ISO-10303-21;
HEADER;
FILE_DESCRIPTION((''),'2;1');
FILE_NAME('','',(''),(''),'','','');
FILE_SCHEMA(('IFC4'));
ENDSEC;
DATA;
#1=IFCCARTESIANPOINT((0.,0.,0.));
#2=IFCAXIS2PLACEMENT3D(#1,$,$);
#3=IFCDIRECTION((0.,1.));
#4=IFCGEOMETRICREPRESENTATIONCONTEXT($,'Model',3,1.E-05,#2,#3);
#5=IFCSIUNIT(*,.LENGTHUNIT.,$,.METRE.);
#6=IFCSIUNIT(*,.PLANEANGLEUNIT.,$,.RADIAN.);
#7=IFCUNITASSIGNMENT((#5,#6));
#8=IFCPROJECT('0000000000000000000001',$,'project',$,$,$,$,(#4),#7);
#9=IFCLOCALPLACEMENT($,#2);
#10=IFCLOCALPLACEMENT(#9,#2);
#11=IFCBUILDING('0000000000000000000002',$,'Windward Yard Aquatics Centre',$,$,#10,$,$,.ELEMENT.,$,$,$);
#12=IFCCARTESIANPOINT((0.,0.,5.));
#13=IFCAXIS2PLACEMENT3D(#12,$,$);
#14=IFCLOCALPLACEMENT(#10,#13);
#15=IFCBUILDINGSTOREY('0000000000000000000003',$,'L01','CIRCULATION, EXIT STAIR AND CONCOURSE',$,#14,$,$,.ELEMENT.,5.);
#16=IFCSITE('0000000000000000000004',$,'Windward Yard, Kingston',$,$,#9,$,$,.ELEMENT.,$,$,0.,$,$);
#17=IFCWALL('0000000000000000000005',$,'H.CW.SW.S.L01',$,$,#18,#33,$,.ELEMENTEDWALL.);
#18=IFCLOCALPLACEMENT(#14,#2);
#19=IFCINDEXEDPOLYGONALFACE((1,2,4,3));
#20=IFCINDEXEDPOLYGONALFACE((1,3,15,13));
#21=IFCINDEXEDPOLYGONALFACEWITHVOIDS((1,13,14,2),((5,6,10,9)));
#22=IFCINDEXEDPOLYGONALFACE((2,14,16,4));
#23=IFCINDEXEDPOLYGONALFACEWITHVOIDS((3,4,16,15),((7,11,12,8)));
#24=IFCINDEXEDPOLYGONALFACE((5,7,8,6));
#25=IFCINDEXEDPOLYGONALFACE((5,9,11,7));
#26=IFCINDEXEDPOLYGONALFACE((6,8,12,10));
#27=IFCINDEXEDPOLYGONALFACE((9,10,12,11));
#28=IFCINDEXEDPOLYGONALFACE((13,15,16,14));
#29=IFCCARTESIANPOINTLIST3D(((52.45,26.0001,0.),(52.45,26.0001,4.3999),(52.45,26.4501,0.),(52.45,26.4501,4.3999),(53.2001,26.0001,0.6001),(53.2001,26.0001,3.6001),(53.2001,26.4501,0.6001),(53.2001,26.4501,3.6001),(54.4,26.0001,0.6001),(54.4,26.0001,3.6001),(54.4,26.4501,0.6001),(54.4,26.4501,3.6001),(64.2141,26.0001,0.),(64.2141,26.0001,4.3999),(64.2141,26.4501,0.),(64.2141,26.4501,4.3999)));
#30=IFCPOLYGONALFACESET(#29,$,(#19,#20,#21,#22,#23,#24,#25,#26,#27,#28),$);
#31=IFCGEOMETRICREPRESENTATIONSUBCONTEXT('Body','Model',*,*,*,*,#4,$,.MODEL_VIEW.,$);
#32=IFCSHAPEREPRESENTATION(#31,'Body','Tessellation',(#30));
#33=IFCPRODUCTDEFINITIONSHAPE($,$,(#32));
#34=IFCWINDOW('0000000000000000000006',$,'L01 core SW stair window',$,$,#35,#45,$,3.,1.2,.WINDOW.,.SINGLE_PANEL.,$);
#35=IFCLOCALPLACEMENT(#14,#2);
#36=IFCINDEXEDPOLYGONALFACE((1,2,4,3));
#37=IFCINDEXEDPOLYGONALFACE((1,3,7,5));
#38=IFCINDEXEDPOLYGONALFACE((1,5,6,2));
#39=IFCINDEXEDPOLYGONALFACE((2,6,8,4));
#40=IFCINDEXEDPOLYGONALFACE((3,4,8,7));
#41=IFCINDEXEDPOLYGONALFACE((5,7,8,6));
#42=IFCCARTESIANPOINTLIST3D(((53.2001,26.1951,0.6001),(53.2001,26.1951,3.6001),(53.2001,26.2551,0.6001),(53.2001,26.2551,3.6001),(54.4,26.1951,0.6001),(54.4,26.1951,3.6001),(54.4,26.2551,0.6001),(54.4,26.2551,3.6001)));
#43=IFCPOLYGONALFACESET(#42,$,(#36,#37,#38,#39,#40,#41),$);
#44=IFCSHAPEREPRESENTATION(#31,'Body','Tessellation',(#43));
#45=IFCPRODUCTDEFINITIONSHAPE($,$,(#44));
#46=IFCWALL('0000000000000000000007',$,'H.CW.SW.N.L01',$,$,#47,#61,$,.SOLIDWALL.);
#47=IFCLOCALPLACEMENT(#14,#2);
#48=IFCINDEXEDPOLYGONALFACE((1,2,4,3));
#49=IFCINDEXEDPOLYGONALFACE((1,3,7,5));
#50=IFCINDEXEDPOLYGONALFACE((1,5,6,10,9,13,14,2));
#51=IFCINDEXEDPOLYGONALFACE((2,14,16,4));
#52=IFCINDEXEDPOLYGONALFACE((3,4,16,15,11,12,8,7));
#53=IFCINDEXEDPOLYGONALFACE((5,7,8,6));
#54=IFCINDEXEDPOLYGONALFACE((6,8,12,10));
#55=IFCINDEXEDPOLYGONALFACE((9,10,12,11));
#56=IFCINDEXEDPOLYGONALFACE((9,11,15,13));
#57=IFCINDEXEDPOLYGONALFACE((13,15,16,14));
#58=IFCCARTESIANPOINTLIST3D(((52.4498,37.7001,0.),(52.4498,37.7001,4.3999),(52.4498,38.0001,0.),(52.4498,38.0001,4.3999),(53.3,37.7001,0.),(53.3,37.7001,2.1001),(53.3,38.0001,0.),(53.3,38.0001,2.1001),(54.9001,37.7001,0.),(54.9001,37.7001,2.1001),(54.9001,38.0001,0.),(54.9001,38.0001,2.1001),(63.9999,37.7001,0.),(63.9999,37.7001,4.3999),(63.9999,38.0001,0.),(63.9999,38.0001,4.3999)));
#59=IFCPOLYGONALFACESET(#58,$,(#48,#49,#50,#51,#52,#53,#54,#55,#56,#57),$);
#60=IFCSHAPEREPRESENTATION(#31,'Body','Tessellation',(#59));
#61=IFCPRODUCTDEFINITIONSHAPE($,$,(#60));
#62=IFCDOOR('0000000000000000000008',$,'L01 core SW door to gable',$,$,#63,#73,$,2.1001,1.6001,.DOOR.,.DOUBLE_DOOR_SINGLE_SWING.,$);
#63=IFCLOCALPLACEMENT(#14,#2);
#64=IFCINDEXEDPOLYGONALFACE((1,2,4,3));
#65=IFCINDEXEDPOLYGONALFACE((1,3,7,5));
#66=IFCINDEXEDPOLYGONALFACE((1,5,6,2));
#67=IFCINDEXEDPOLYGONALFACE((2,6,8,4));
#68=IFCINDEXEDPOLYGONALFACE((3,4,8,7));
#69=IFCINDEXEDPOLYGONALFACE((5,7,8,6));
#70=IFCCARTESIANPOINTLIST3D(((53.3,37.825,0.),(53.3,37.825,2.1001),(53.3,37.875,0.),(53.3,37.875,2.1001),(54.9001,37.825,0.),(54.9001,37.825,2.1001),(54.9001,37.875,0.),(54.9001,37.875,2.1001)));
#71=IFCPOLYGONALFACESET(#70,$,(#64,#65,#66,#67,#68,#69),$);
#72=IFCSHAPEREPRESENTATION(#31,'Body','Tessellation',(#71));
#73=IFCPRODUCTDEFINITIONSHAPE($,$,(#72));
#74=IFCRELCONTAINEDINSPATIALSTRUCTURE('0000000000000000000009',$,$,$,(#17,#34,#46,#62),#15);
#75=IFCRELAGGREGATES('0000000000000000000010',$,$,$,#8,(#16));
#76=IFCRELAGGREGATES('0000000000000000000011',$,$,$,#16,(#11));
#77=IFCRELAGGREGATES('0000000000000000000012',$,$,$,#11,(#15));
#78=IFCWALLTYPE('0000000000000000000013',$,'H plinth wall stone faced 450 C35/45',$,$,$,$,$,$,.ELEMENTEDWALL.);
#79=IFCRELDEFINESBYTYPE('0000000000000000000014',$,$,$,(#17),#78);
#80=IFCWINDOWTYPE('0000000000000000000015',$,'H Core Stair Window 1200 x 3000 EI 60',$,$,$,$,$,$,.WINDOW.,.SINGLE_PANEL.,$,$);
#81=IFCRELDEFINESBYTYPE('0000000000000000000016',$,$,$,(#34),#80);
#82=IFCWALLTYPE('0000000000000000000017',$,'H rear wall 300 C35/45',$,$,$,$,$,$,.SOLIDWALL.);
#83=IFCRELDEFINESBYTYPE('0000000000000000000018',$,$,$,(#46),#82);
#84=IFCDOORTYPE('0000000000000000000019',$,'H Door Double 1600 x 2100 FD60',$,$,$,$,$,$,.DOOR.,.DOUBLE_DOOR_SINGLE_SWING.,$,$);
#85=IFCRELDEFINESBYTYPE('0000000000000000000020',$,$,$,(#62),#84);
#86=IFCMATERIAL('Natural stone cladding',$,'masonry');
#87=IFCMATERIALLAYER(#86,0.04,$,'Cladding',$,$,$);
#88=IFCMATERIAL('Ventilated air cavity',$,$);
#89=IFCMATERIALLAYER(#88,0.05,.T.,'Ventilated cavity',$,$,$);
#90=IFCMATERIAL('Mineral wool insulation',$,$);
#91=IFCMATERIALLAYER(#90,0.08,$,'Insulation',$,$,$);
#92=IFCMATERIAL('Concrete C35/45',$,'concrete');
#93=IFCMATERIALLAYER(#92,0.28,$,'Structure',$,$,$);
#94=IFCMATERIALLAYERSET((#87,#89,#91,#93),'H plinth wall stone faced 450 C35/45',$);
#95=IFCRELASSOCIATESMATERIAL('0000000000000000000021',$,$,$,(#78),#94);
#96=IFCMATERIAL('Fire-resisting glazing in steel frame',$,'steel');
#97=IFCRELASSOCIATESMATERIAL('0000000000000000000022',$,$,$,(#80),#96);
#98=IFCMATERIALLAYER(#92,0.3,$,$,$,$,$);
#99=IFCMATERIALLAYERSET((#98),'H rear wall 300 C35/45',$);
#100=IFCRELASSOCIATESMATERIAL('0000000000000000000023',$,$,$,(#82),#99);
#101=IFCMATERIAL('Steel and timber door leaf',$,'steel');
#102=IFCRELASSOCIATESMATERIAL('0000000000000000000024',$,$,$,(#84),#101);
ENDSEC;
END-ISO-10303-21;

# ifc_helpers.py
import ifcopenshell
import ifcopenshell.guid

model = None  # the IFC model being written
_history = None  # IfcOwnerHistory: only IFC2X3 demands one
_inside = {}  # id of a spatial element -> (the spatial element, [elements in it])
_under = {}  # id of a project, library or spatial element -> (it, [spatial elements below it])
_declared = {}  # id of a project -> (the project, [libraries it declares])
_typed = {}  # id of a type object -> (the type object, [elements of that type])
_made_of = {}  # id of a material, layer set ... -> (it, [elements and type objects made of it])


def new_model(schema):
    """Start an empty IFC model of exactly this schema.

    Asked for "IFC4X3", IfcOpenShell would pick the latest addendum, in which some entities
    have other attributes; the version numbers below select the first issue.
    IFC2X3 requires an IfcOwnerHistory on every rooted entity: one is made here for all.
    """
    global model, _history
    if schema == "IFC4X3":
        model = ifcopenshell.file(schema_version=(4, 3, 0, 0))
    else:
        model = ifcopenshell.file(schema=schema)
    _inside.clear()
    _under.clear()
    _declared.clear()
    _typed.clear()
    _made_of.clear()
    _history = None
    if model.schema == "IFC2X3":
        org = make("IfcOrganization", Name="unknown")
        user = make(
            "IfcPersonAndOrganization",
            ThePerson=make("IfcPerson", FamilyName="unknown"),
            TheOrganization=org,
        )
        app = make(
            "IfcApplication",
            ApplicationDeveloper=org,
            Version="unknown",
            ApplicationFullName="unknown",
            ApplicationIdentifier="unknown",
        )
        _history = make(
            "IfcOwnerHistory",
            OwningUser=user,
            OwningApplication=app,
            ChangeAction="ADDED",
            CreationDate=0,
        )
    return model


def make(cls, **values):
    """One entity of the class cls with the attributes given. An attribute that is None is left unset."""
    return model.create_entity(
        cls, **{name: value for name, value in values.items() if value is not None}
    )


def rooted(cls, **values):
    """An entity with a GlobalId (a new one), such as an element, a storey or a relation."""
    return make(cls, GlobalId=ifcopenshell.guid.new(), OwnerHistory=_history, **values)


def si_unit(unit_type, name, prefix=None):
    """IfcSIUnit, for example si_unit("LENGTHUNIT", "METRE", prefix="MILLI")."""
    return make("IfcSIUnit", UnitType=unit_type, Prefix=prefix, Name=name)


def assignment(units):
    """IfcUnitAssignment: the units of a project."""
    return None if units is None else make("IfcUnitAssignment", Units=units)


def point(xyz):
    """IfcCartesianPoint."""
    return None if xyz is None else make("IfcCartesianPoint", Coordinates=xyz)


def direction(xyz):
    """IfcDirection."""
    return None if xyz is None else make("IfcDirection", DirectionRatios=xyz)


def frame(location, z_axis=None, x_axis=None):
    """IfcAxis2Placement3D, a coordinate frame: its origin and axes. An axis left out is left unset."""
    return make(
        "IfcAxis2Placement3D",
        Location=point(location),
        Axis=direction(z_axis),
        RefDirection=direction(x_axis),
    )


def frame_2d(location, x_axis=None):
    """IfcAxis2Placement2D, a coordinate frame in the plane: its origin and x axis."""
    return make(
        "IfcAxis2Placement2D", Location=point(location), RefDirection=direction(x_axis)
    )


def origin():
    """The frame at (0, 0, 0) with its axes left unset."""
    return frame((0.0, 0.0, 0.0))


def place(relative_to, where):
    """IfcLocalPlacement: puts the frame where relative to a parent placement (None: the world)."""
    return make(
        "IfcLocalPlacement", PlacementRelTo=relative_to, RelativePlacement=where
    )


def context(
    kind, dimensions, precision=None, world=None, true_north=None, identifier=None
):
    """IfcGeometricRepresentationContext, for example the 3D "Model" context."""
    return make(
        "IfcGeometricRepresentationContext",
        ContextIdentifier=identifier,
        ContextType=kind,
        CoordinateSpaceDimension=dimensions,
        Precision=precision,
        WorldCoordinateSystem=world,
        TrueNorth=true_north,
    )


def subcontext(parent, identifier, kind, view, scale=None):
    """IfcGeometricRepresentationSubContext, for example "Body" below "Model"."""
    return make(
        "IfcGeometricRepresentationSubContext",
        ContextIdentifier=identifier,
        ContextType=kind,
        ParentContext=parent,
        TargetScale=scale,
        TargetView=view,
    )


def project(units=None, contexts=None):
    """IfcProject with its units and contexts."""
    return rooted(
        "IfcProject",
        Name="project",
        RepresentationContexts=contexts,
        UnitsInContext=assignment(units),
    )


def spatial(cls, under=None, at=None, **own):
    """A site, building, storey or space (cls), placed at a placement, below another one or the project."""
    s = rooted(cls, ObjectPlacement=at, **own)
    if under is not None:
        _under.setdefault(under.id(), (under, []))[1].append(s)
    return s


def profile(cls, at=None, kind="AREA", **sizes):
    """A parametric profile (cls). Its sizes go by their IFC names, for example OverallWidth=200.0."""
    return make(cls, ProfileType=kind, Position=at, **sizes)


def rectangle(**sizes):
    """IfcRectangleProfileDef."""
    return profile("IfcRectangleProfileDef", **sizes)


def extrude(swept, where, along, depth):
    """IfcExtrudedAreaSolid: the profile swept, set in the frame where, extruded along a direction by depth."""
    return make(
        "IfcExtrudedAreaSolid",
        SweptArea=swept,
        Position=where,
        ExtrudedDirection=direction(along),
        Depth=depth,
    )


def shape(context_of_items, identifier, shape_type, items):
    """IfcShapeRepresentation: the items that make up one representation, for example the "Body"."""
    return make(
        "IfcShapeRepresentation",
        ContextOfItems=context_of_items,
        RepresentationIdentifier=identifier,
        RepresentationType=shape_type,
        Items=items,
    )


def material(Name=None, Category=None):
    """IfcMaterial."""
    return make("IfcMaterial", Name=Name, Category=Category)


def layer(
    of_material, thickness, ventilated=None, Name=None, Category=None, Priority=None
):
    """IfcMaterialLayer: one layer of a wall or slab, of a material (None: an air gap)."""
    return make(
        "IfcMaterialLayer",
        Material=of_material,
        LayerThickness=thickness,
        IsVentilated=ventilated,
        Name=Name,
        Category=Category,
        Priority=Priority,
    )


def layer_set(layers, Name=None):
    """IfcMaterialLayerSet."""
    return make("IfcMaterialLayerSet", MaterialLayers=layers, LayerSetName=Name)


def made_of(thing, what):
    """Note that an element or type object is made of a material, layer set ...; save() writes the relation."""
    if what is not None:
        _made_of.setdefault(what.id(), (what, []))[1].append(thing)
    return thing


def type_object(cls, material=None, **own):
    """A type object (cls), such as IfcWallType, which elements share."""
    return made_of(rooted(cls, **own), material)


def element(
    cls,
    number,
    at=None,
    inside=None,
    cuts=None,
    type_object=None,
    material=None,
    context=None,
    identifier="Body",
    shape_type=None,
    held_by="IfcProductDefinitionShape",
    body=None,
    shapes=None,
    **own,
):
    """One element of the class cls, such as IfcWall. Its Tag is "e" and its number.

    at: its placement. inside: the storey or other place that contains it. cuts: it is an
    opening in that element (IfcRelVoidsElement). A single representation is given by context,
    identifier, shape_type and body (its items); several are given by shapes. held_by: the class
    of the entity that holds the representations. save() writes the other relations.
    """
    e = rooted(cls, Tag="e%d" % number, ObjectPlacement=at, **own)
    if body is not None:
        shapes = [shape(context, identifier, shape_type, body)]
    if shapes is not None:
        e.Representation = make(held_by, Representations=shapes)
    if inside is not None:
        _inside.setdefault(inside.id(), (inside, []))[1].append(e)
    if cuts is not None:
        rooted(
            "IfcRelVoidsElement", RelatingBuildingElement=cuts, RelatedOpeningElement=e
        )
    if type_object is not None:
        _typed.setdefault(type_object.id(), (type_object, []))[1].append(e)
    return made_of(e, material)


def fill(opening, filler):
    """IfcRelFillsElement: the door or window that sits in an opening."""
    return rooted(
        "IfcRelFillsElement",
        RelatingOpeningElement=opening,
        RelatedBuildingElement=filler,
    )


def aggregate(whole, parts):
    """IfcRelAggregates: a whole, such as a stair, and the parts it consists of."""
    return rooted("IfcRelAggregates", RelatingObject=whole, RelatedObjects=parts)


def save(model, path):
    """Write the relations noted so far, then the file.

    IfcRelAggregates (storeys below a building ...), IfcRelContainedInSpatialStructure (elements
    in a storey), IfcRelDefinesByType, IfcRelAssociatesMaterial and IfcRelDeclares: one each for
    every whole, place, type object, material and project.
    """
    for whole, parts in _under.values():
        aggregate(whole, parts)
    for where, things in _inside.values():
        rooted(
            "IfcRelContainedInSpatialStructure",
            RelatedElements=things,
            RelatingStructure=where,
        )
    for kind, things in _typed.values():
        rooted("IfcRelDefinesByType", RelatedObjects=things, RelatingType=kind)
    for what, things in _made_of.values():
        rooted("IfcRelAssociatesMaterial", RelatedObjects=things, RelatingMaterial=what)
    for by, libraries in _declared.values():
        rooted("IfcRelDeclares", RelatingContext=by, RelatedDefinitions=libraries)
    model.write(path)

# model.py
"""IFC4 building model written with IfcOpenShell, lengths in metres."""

from ifc_helpers import new_model, si_unit, direction, frame, frame_2d, origin, place, context, subcontext, project, spatial, rectangle, extrude, material, layer, layer_set, type_object, element, fill, save


model = new_model("IFC4")

# Units and contexts
model_context = context("Model", 3, precision=1e-05, world=origin(), true_north=direction((0.0, 1.0)))
body_context = subcontext(model_context, "Body", "Model", "MODEL_VIEW")
ifc_project = project(units=[si_unit("LENGTHUNIT", "METRE"), si_unit("PLANEANGLEUNIT", "RADIAN")], contexts=[model_context])

# Site, building, storey
site_placement = place(None, origin())
site = spatial("IfcSite", under=ifc_project, at=site_placement, Name="Windward Yard, Kingston", CompositionType="ELEMENT", RefElevation=0.0)
building_placement = place(site_placement, origin())
building = spatial("IfcBuilding", under=site, at=building_placement, Name="Windward Yard Aquatics Centre", CompositionType="ELEMENT")
storey_placement = place(building_placement, frame((0.0, 0.0, 5.0)))
storey = spatial("IfcBuildingStorey", under=building, at=storey_placement, Name="L01", Description="CIRCULATION, EXIT STAIR AND CONCOURSE", CompositionType="ELEMENT", Elevation=5.0)

# Shared definitions
ifc_material_1 = material(Name="Concrete C35/45", Category="concrete")
ifc_material_2 = material(Name="Steel and timber door leaf", Category="steel")

# Wall, opening, window
ifc_material_3 = material(Name="Natural stone cladding", Category="masonry")
ifc_layer_1 = layer(ifc_material_3, 0.04, Name="Cladding")
ifc_material_4 = material(Name="Ventilated air cavity")
ifc_layer_2 = layer(ifc_material_4, 0.05, ventilated=True, Name="Ventilated cavity")
ifc_material_5 = material(Name="Mineral wool insulation")
ifc_layer_3 = layer(ifc_material_5, 0.08, Name="Insulation")
ifc_layer_4 = layer(ifc_material_1, 0.28, Name="Structure")
ifc_layer_set_1 = layer_set([ifc_layer_1, ifc_layer_2, ifc_layer_3, ifc_layer_4], Name="H plinth wall stone faced 450 C35/45")
wall_type_1 = type_object("IfcWallType", Name="H plinth wall stone faced 450 C35/45", PredefinedType="ELEMENTEDWALL", material=ifc_layer_set_1)
ifc_material_6 = material(Name="Fire-resisting glazing in steel frame", Category="steel")
window_type = type_object("IfcWindowType", Name="H Core Stair Window 1200 x 3000 EI 60", PartitioningType="SINGLE_PANEL", PredefinedType="WINDOW", material=ifc_material_6)
wall_1_placement = place(storey_placement, frame((52.45, 26.2251, 0.0), z_axis=(0.0, 0.0, 1.0), x_axis=(1.0, 0.0, 0.0)))
wall_1 = element("IfcWall", 1, at=wall_1_placement, inside=storey, type_object=wall_type_1, Name="H.CW.SW.S.L01", PredefinedType="ELEMENTEDWALL", context=body_context, shape_type="SweptSolid", body=[
    extrude(rectangle(XDim=11.7642, YDim=0.45, at=frame_2d((5.8821, 0.0))), origin(), (0.0, 0.0, 1.0), 4.3999),
])
opening_1_placement = place(wall_1_placement, frame((0.75, 0.0, 0.6001)))
opening_1 = element("IfcOpeningElement", 2, at=opening_1_placement, cuts=wall_1, PredefinedType="OPENING", context=body_context, shape_type="SweptSolid", body=[
    extrude(rectangle(XDim=1.2, YDim=3.0, at=frame_2d((0.6001, 1.5))), frame((0.0, 0.2349, 0.0), z_axis=(0.0, -1.0, 0.0), x_axis=(1.0, 0.0, 0.0)), (0.0, 0.0, 1.0), 0.47),
])
window_1_placement = place(opening_1_placement, origin())
window_1 = element("IfcWindow", 3, at=window_1_placement, inside=storey, type_object=window_type, Name="L01 core SW stair window", OverallHeight=3.0, OverallWidth=1.2, PartitioningType="SINGLE_PANEL", PredefinedType="WINDOW", context=body_context, shape_type="SweptSolid", body=[
    extrude(rectangle(XDim=1.2, YDim=3.0, at=frame_2d((0.6001, 1.5))), frame((0.0, 0.03, 0.0), z_axis=(0.0, -1.0, 0.0), x_axis=(1.0, 0.0, 0.0)), (0.0, 0.0, 1.0), 0.0601),
])
fill(opening_1, window_1)

# Wall, opening, door
ifc_layer_5 = layer(ifc_material_1, 0.3)
ifc_layer_set_2 = layer_set([ifc_layer_5], Name="H rear wall 300 C35/45")
wall_type_2 = type_object("IfcWallType", Name="H rear wall 300 C35/45", PredefinedType="SOLIDWALL", material=ifc_layer_set_2)
wall_2_placement = place(storey_placement, frame((52.45, 37.8501, 0.0), z_axis=(0.0, 0.0, 1.0), x_axis=(1.0, 0.0, 0.0)))
wall_2 = element("IfcWall", 4, at=wall_2_placement, inside=storey, type_object=wall_type_2, Name="H.CW.SW.N.L01", PredefinedType="SOLIDWALL", context=body_context, shape_type="SweptSolid", body=[
    extrude(rectangle(XDim=11.55, YDim=0.3, at=frame_2d((5.7749, 0.0))), origin(), (0.0, 0.0, 1.0), 4.3999),
])
opening_2_placement = place(wall_2_placement, frame((0.8501, 0.0, 0.0)))
opening_2 = element("IfcOpeningElement", 5, at=opening_2_placement, cuts=wall_2, PredefinedType="OPENING", context=body_context, shape_type="SweptSolid", body=[
    extrude(rectangle(XDim=1.6001, YDim=2.1001, at=frame_2d((0.8, 1.05))), frame((0.0, 0.1602, 0.0), z_axis=(0.0, -1.0, 0.0), x_axis=(1.0, 0.0, 0.0)), (0.0, 0.0, 1.0), 0.3201),
])
door_type_1 = type_object("IfcDoorType", Name="H Door Double 1600 x 2100 FD60", OperationType="DOUBLE_DOOR_SINGLE_SWING", PredefinedType="DOOR", material=ifc_material_2)
door_1_placement = place(opening_2_placement, origin())
door_1 = element("IfcDoor", 6, at=door_1_placement, inside=storey, type_object=door_type_1, Name="L01 core SW door to gable", OperationType="DOUBLE_DOOR_SINGLE_SWING", OverallHeight=2.1001, OverallWidth=1.6001, PredefinedType="DOOR", context=body_context, shape_type="SweptSolid", body=[
    extrude(rectangle(XDim=1.6001, YDim=2.1001, at=frame_2d((0.8, 1.05))), frame((0.0, 0.0249, 0.0), z_axis=(0.0, -1.0, 0.0), x_axis=(1.0, 0.0, 0.0)), (0.0, 0.0, 1.0), 0.05),
])
fill(opening_2, door_1)

save(model, "model.ifc")
